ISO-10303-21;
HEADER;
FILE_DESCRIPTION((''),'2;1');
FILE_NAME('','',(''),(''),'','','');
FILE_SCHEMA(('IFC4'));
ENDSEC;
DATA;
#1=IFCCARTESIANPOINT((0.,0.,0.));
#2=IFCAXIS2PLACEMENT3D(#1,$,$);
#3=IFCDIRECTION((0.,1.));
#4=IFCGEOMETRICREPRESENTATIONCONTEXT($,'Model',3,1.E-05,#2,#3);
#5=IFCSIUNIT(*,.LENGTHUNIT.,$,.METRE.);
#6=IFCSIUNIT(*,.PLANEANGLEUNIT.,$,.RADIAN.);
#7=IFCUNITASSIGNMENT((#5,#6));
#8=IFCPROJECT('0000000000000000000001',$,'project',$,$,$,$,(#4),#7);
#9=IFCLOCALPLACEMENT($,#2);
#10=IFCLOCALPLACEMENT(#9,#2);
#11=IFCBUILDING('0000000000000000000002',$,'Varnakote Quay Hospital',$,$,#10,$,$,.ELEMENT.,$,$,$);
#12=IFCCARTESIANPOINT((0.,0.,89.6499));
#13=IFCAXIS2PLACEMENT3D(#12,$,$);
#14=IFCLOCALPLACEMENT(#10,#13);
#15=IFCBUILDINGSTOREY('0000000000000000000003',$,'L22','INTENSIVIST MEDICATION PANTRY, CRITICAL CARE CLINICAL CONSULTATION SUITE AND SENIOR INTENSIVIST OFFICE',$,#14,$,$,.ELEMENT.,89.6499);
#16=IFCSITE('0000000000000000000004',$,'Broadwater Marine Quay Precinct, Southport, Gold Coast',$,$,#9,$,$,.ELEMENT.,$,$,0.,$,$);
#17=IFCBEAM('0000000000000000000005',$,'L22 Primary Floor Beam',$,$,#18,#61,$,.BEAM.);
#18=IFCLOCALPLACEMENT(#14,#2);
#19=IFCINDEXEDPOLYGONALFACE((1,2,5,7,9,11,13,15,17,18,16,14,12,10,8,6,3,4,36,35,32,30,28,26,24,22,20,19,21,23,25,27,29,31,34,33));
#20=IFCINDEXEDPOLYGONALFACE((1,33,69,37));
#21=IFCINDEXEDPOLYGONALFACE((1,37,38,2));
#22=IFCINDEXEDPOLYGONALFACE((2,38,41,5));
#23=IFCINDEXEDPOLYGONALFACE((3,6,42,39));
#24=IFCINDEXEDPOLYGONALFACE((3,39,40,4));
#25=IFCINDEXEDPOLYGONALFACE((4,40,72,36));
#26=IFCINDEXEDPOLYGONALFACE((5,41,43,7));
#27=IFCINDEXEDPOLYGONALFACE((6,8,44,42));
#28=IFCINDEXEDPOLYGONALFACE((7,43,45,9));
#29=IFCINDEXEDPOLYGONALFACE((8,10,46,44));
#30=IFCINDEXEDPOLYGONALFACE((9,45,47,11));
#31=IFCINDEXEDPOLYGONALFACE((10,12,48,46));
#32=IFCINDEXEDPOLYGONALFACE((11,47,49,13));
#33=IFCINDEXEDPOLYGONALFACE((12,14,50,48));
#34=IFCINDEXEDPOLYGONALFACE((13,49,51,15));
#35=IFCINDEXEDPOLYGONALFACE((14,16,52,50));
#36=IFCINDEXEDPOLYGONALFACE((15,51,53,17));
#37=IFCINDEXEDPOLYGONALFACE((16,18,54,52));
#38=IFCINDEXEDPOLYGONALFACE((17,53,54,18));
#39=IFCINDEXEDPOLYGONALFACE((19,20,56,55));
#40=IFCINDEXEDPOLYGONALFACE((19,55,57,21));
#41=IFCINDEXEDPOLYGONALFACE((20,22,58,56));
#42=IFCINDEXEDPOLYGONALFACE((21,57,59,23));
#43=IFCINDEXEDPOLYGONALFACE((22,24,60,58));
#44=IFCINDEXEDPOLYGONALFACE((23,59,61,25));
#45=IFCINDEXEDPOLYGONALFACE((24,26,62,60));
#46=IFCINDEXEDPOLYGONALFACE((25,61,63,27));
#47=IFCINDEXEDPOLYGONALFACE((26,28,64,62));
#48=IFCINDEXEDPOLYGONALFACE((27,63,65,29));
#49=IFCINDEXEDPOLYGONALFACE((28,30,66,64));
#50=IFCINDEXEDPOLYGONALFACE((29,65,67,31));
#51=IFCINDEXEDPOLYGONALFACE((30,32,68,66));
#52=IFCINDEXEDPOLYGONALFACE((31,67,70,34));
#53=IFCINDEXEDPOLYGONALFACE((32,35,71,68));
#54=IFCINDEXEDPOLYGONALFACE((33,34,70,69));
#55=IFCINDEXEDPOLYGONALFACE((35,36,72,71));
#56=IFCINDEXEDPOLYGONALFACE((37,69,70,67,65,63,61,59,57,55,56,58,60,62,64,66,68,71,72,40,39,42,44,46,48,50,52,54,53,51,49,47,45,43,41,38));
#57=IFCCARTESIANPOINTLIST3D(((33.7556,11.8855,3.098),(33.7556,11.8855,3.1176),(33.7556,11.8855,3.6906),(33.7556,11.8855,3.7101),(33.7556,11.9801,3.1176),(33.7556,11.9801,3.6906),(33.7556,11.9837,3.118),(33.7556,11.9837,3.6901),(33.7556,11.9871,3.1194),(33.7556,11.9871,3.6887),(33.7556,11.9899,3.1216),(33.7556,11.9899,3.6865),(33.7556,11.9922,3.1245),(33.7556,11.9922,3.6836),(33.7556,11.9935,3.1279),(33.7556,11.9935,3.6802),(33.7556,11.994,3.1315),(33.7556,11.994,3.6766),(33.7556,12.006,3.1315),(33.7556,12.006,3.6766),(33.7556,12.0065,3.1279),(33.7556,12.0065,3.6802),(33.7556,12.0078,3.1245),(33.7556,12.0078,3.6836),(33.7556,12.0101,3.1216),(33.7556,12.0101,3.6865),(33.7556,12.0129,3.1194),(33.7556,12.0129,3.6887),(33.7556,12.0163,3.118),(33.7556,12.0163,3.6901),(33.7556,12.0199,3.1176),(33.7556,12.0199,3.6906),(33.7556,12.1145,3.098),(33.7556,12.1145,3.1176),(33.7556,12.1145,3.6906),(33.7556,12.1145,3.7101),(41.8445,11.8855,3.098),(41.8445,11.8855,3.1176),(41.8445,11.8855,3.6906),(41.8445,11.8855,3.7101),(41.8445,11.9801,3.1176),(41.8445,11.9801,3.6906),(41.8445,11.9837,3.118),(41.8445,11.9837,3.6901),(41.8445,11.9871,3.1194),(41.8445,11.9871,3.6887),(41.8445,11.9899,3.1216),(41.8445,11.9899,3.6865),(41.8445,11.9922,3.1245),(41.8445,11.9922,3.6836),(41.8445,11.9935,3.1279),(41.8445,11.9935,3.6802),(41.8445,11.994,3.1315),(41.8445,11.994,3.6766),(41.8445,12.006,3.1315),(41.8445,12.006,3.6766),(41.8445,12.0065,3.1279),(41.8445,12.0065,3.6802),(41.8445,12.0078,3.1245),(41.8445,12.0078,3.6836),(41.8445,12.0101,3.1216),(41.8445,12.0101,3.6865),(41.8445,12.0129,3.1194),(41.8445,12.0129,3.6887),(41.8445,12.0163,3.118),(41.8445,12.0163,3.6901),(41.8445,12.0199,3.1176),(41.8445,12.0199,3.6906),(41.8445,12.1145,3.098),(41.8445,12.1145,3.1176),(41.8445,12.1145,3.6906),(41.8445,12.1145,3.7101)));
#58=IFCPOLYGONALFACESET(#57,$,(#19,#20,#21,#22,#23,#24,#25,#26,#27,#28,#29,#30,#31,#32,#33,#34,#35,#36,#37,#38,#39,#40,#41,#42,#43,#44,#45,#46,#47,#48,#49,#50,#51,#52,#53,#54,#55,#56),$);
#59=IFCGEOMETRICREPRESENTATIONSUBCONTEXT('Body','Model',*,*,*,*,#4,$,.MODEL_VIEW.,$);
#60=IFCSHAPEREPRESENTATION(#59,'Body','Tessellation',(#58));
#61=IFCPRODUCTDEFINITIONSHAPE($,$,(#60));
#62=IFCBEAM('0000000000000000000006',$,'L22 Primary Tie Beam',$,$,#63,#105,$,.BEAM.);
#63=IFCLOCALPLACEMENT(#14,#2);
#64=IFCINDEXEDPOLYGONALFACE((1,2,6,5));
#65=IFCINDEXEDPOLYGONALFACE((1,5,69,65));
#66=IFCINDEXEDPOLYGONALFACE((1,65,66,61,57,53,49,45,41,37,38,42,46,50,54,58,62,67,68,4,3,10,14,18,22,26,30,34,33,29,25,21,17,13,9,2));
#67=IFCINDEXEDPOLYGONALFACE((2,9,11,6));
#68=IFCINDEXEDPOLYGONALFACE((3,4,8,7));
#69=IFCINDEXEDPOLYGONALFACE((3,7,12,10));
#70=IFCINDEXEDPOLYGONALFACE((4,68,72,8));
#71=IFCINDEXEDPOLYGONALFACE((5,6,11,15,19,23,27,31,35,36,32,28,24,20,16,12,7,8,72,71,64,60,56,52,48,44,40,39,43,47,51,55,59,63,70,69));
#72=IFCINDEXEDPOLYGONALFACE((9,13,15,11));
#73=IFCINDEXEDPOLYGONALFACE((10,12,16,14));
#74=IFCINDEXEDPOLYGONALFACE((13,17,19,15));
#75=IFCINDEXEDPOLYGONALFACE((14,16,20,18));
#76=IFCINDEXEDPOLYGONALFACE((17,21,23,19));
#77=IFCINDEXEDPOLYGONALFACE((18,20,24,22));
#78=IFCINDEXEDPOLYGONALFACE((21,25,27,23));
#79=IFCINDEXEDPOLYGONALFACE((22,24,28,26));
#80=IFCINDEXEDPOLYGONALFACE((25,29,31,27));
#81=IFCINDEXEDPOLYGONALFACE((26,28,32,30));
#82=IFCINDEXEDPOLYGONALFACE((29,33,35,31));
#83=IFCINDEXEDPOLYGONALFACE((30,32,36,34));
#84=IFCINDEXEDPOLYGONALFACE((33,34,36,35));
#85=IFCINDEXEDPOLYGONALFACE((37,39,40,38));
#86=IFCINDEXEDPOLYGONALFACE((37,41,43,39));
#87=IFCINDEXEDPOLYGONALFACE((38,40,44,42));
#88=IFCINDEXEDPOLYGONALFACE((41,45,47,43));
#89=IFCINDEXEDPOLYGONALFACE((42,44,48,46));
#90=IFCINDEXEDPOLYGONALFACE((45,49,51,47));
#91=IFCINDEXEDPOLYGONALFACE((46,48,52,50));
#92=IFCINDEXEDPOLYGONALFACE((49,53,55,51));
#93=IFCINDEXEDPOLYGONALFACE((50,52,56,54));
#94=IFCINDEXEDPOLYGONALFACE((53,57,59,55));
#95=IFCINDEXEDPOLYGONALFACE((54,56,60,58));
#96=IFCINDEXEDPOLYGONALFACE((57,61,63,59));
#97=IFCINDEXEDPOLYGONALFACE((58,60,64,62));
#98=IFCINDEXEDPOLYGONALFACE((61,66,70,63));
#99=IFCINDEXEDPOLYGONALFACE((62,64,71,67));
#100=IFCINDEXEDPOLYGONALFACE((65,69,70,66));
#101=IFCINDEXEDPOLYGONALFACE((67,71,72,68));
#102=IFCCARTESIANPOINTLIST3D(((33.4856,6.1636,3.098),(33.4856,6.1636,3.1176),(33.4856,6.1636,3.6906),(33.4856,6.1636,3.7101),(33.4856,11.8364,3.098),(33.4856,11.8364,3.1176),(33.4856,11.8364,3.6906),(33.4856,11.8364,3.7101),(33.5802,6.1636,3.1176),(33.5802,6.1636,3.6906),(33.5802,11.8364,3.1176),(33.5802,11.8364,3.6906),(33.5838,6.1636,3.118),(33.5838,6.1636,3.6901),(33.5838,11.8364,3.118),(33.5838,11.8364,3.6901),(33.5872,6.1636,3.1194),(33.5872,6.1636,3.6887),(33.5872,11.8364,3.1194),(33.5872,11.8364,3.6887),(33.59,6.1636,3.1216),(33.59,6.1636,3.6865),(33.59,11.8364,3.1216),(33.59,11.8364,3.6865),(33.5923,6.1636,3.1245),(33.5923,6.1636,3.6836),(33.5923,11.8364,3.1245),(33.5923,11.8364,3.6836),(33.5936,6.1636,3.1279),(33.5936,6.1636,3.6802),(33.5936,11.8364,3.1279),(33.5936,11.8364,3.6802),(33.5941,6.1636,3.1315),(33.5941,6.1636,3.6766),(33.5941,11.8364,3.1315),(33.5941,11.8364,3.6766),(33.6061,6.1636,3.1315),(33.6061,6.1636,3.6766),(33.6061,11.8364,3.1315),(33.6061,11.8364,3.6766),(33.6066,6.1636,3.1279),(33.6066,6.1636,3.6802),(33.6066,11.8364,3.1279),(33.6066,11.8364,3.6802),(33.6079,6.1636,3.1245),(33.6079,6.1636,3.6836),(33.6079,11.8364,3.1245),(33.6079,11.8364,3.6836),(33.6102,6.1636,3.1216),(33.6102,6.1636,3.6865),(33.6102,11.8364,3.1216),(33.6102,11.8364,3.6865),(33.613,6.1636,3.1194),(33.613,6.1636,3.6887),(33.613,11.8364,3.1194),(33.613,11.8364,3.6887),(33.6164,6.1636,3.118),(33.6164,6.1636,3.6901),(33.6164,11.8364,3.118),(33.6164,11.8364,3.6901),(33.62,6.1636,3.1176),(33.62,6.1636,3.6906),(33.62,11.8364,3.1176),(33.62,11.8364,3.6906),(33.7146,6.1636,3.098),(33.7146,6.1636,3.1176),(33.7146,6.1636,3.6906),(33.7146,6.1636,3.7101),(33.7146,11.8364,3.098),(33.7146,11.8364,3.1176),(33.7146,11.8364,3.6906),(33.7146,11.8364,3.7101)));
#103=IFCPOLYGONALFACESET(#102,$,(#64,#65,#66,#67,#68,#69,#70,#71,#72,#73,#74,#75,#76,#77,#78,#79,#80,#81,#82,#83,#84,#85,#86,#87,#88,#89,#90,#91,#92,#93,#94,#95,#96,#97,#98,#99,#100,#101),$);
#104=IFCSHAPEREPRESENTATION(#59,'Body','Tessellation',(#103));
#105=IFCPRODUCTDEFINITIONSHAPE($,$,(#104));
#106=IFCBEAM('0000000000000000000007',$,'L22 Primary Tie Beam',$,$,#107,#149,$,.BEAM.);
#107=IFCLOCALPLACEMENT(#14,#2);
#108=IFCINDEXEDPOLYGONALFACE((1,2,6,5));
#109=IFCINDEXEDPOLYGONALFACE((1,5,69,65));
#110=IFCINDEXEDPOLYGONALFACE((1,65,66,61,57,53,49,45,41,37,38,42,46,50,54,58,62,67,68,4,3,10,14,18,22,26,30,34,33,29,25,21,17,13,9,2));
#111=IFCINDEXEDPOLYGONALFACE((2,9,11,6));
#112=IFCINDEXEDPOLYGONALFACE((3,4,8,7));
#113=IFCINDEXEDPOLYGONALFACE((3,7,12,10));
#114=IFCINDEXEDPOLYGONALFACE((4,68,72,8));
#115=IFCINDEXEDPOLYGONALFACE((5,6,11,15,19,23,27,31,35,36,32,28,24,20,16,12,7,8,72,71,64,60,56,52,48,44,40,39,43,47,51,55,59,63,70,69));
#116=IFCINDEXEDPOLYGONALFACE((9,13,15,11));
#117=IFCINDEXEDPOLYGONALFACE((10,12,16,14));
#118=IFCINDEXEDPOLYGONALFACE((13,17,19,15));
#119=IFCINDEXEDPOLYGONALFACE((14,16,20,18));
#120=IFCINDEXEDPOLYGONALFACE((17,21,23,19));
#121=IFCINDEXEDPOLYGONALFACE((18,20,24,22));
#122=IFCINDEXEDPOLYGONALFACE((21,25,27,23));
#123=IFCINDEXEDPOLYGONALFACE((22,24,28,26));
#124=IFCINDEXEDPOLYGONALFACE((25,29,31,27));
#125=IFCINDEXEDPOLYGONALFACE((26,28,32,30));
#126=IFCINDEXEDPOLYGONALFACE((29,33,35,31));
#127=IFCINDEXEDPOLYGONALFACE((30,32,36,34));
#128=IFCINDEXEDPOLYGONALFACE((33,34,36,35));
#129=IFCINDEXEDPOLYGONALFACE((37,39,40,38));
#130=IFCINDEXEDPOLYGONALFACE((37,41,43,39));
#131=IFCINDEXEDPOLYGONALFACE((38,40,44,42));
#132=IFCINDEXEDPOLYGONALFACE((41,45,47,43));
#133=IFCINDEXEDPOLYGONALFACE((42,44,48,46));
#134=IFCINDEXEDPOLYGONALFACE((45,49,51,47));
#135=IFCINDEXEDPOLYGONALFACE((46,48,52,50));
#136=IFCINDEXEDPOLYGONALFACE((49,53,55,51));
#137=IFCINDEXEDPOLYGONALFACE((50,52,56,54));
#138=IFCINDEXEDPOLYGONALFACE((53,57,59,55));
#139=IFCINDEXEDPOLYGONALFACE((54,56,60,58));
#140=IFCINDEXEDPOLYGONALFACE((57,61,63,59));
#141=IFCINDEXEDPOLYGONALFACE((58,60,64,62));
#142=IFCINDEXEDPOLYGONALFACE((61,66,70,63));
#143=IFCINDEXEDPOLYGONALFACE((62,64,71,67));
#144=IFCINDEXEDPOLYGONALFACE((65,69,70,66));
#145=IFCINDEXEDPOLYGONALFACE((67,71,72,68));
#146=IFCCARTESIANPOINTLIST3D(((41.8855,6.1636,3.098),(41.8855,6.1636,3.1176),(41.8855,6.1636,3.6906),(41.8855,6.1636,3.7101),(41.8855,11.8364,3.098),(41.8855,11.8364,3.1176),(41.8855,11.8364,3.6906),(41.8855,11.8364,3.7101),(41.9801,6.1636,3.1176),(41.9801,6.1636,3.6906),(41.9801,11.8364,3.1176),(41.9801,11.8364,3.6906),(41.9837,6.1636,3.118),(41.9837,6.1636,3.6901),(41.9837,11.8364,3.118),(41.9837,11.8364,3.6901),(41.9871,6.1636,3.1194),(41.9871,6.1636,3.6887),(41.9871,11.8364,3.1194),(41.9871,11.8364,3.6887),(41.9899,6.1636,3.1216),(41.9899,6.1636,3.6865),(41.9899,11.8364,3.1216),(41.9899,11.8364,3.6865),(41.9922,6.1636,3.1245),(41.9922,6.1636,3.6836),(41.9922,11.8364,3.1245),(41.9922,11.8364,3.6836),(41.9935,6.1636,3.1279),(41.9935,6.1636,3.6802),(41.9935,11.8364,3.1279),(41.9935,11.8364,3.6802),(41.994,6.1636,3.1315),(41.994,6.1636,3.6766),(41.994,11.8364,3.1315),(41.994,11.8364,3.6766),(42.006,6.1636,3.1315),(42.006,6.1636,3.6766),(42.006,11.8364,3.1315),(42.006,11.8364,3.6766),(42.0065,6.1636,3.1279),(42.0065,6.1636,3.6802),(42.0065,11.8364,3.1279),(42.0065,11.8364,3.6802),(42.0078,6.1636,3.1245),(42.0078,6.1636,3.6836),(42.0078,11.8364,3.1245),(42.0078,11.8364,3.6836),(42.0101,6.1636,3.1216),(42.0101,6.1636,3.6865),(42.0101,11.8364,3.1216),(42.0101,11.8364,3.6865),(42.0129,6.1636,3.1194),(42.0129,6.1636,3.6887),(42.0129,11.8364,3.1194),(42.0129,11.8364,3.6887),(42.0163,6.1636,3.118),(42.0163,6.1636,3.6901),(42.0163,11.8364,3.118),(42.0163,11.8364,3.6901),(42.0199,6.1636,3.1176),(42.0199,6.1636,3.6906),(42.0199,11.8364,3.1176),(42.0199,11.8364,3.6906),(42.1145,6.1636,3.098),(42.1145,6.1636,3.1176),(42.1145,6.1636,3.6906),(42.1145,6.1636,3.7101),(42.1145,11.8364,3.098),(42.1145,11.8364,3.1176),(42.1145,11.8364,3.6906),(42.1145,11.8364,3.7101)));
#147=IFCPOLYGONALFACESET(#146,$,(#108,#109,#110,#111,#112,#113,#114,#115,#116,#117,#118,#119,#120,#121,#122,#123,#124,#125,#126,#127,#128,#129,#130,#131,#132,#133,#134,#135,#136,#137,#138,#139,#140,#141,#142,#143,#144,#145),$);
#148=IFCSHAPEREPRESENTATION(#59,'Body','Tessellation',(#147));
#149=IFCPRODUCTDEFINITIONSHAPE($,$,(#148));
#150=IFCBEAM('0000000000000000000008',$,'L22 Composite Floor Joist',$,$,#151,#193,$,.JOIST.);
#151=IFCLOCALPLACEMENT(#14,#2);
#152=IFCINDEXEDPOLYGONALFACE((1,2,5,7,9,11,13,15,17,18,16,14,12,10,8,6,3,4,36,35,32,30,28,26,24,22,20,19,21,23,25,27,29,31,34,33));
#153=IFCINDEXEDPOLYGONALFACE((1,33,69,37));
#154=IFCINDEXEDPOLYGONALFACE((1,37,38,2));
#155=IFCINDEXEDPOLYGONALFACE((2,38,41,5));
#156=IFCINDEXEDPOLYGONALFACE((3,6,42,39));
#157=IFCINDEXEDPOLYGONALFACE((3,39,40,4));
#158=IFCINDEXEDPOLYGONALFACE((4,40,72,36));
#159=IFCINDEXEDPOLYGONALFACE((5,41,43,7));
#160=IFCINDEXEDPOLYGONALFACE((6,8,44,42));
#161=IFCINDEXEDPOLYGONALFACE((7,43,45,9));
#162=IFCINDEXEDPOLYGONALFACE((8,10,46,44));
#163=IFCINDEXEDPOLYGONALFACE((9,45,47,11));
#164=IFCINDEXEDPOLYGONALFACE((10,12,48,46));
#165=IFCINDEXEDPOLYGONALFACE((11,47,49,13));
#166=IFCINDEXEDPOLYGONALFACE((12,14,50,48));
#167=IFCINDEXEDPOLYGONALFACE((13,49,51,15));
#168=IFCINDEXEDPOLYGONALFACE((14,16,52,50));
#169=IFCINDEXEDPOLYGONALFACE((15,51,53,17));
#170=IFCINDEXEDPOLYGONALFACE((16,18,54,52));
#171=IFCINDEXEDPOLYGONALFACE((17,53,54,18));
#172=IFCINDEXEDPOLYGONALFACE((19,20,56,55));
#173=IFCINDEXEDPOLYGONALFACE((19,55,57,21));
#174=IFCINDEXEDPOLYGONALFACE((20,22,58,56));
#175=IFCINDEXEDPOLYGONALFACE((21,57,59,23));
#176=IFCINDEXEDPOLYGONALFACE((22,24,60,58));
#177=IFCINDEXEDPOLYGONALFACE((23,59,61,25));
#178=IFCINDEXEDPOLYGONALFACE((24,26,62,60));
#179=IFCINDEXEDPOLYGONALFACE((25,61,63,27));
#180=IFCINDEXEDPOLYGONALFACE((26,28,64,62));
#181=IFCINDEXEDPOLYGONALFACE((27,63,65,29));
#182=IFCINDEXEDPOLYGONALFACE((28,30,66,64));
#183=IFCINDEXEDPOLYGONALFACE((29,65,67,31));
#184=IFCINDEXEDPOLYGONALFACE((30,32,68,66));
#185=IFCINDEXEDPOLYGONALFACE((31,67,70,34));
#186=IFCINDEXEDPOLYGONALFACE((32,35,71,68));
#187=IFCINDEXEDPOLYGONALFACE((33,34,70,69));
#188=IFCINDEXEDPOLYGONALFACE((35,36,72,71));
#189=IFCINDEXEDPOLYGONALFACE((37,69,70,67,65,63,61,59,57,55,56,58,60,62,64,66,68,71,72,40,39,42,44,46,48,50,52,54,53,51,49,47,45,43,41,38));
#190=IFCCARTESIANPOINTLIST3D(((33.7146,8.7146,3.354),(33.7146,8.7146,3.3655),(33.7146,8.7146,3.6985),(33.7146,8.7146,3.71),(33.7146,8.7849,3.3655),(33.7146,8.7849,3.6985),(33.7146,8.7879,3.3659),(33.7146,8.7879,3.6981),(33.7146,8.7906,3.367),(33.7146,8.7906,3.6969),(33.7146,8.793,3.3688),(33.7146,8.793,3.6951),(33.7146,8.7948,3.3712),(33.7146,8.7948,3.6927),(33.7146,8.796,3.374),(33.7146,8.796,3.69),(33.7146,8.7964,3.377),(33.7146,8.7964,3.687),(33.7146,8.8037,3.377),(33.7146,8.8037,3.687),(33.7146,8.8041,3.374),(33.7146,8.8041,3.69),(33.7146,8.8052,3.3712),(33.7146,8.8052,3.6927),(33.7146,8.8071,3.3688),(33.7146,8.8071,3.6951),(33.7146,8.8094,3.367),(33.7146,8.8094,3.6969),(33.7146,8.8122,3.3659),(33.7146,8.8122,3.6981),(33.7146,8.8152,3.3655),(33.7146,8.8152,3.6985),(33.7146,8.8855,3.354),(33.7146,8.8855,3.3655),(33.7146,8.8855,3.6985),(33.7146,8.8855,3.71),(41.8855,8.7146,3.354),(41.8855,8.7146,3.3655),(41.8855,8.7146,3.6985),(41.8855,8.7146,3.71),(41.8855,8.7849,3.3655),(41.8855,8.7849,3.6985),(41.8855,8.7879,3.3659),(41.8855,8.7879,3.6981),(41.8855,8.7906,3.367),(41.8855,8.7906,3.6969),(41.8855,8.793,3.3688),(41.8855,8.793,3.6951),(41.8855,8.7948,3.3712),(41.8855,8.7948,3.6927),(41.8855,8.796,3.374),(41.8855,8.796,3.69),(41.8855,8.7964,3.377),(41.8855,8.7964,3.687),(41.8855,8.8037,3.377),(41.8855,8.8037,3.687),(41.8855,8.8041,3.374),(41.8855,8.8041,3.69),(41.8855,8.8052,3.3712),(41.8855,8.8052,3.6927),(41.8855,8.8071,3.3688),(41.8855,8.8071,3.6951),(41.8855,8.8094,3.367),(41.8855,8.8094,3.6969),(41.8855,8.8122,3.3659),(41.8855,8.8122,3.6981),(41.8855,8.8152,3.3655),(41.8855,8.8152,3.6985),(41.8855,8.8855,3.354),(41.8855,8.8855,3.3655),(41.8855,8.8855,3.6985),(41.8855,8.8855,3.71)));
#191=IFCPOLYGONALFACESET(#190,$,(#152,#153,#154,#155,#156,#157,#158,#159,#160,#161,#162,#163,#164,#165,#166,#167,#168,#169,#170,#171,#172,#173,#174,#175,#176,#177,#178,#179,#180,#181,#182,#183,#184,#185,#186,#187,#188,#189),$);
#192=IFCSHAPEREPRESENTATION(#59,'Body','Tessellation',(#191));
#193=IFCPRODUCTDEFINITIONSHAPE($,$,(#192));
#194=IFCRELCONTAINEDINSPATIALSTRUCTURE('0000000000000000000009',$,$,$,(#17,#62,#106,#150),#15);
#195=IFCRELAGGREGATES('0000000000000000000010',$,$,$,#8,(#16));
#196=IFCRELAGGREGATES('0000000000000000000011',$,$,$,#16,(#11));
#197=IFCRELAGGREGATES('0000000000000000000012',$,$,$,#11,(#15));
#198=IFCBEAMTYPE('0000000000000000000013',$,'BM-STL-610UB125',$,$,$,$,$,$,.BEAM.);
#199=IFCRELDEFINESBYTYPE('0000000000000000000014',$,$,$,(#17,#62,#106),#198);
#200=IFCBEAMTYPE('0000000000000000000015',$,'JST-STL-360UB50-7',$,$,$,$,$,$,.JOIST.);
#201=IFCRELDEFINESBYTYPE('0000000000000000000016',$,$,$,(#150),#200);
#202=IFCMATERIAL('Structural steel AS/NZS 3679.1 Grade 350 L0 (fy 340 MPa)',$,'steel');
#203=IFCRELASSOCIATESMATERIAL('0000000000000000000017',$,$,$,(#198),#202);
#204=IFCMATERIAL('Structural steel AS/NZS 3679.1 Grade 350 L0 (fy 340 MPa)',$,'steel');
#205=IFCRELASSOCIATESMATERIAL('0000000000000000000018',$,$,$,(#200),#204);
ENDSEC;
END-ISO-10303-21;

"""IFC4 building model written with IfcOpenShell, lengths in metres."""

from ifc_helpers import new_model, si_unit, direction, frame, origin, origin_2d, place, context, subcontext, project, spatial, i_section, extrude, material, material_profile, profile_set, type_object, element, save


model = new_model("IFC4")

# Units and contexts
model_context = context("Model", 3, precision=1e-05, world=origin(), true_north=direction((0.0, 1.0)))
body_context = subcontext(model_context, "Body", "Model", "MODEL_VIEW")
ifc_project = project(units=[si_unit("LENGTHUNIT", "METRE"), si_unit("PLANEANGLEUNIT", "RADIAN")], contexts=[model_context])

# Site, building, storey
site_placement = place(None, origin())
site = spatial("IfcSite", under=ifc_project, at=site_placement, Name="Broadwater Marine Quay Precinct, Southport, Gold Coast", CompositionType="ELEMENT", RefElevation=0.0)
building_placement = place(site_placement, origin())
building = spatial("IfcBuilding", under=site, at=building_placement, Name="Varnakote Quay Hospital", CompositionType="ELEMENT")
storey_placement = place(building_placement, frame((0.0, 0.0, 89.6499)))
storey = spatial("IfcBuildingStorey", under=building, at=storey_placement, Name="L22", Description="INTENSIVIST MEDICATION PANTRY, CRITICAL CARE CLINICAL CONSULTATION SUITE AND SENIOR INTENSIVIST OFFICE", CompositionType="ELEMENT", Elevation=89.6499)

# Beams
ifc_material_1 = material(Name="Structural steel AS/NZS 3679.1 Grade 350 L0 (fy 340 MPa)", Category="steel")
ifc_material_profile_1 = material_profile(ifc_material_1, i_section(OverallWidth=0.229, OverallDepth=0.6121, WebThickness=0.012, FlangeThickness=0.0195, FilletRadius=0.0139, at=origin_2d()), Name="610UB125")
ifc_profile_set_1 = profile_set([ifc_material_profile_1], Name="Structural steel AS/NZS 3679.1 Grade 350 L0 (fy 340 MPa)")
beam_type_1 = type_object("IfcBeamType", Name="BM-STL-610UB125", PredefinedType="BEAM", material=ifc_profile_set_1)
beam_1_placement = place(storey_placement, frame((33.7556, 12.0, 3.4041), z_axis=(1.0, 0.0, 0.0), x_axis=(0.0, 1.0, 0.0)))
element("IfcBeam", 1, at=beam_1_placement, inside=storey, type_object=beam_type_1, Name="L22 Primary Floor Beam", PredefinedType="BEAM", context=body_context, shape_type="SweptSolid", body=[
    extrude(i_section(OverallWidth=0.229, OverallDepth=0.6121, WebThickness=0.012, FlangeThickness=0.0195, FilletRadius=0.0139, at=origin_2d()), origin(), (0.0, 0.0, 1.0), 8.0889),
])
for number, where, z_axis, x_axis, name in (
    (2, (33.6001, 6.1636, 3.4041), (0.0, 1.0, 0.0), (-1.0, 0.0, 0.0), "L22 Primary Tie Beam"),
    (3, (42.0, 6.1636, 3.4041), (0.0, 1.0, 0.0), (-1.0, 0.0, 0.0), "L22 Primary Tie Beam"),
):
    element("IfcBeam", number, at=place(storey_placement, frame(where, z_axis=z_axis, x_axis=x_axis)), inside=storey, type_object=beam_type_1, Name=name, PredefinedType="BEAM", context=body_context, shape_type="SweptSolid", body=[
        extrude(i_section(OverallWidth=0.229, OverallDepth=0.6121, WebThickness=0.012, FlangeThickness=0.0195, FilletRadius=0.0139, at=origin_2d()), origin(), (0.0, 0.0, 1.0), 5.6729),
    ])
ifc_material_2 = material(Name="Structural steel AS/NZS 3679.1 Grade 350 L0 (fy 340 MPa)", Category="steel")
ifc_material_profile_2 = material_profile(ifc_material_2, i_section(OverallWidth=0.1709, OverallDepth=0.356, WebThickness=0.0073, FlangeThickness=0.0115, FilletRadius=0.0115, at=origin_2d()), Name="360UB50.7")
ifc_profile_set_2 = profile_set([ifc_material_profile_2], Name="Structural steel AS/NZS 3679.1 Grade 350 L0 (fy 340 MPa)")
beam_type_2 = type_object("IfcBeamType", Name="JST-STL-360UB50-7", PredefinedType="JOIST", material=ifc_profile_set_2)
beam_2_placement = place(storey_placement, frame((33.7146, 8.8, 3.532), z_axis=(1.0, 0.0, 0.0), x_axis=(0.0, 1.0, 0.0)))
element("IfcBeam", 4, at=beam_2_placement, inside=storey, type_object=beam_type_2, Name="L22 Composite Floor Joist", PredefinedType="JOIST", context=body_context, shape_type="SweptSolid", body=[
    extrude(i_section(OverallWidth=0.1709, OverallDepth=0.356, WebThickness=0.0073, FlangeThickness=0.0115, FilletRadius=0.0115, at=origin_2d()), origin(), (0.0, 0.0, 1.0), 8.1709),
])

save(model, "model.ifc")
